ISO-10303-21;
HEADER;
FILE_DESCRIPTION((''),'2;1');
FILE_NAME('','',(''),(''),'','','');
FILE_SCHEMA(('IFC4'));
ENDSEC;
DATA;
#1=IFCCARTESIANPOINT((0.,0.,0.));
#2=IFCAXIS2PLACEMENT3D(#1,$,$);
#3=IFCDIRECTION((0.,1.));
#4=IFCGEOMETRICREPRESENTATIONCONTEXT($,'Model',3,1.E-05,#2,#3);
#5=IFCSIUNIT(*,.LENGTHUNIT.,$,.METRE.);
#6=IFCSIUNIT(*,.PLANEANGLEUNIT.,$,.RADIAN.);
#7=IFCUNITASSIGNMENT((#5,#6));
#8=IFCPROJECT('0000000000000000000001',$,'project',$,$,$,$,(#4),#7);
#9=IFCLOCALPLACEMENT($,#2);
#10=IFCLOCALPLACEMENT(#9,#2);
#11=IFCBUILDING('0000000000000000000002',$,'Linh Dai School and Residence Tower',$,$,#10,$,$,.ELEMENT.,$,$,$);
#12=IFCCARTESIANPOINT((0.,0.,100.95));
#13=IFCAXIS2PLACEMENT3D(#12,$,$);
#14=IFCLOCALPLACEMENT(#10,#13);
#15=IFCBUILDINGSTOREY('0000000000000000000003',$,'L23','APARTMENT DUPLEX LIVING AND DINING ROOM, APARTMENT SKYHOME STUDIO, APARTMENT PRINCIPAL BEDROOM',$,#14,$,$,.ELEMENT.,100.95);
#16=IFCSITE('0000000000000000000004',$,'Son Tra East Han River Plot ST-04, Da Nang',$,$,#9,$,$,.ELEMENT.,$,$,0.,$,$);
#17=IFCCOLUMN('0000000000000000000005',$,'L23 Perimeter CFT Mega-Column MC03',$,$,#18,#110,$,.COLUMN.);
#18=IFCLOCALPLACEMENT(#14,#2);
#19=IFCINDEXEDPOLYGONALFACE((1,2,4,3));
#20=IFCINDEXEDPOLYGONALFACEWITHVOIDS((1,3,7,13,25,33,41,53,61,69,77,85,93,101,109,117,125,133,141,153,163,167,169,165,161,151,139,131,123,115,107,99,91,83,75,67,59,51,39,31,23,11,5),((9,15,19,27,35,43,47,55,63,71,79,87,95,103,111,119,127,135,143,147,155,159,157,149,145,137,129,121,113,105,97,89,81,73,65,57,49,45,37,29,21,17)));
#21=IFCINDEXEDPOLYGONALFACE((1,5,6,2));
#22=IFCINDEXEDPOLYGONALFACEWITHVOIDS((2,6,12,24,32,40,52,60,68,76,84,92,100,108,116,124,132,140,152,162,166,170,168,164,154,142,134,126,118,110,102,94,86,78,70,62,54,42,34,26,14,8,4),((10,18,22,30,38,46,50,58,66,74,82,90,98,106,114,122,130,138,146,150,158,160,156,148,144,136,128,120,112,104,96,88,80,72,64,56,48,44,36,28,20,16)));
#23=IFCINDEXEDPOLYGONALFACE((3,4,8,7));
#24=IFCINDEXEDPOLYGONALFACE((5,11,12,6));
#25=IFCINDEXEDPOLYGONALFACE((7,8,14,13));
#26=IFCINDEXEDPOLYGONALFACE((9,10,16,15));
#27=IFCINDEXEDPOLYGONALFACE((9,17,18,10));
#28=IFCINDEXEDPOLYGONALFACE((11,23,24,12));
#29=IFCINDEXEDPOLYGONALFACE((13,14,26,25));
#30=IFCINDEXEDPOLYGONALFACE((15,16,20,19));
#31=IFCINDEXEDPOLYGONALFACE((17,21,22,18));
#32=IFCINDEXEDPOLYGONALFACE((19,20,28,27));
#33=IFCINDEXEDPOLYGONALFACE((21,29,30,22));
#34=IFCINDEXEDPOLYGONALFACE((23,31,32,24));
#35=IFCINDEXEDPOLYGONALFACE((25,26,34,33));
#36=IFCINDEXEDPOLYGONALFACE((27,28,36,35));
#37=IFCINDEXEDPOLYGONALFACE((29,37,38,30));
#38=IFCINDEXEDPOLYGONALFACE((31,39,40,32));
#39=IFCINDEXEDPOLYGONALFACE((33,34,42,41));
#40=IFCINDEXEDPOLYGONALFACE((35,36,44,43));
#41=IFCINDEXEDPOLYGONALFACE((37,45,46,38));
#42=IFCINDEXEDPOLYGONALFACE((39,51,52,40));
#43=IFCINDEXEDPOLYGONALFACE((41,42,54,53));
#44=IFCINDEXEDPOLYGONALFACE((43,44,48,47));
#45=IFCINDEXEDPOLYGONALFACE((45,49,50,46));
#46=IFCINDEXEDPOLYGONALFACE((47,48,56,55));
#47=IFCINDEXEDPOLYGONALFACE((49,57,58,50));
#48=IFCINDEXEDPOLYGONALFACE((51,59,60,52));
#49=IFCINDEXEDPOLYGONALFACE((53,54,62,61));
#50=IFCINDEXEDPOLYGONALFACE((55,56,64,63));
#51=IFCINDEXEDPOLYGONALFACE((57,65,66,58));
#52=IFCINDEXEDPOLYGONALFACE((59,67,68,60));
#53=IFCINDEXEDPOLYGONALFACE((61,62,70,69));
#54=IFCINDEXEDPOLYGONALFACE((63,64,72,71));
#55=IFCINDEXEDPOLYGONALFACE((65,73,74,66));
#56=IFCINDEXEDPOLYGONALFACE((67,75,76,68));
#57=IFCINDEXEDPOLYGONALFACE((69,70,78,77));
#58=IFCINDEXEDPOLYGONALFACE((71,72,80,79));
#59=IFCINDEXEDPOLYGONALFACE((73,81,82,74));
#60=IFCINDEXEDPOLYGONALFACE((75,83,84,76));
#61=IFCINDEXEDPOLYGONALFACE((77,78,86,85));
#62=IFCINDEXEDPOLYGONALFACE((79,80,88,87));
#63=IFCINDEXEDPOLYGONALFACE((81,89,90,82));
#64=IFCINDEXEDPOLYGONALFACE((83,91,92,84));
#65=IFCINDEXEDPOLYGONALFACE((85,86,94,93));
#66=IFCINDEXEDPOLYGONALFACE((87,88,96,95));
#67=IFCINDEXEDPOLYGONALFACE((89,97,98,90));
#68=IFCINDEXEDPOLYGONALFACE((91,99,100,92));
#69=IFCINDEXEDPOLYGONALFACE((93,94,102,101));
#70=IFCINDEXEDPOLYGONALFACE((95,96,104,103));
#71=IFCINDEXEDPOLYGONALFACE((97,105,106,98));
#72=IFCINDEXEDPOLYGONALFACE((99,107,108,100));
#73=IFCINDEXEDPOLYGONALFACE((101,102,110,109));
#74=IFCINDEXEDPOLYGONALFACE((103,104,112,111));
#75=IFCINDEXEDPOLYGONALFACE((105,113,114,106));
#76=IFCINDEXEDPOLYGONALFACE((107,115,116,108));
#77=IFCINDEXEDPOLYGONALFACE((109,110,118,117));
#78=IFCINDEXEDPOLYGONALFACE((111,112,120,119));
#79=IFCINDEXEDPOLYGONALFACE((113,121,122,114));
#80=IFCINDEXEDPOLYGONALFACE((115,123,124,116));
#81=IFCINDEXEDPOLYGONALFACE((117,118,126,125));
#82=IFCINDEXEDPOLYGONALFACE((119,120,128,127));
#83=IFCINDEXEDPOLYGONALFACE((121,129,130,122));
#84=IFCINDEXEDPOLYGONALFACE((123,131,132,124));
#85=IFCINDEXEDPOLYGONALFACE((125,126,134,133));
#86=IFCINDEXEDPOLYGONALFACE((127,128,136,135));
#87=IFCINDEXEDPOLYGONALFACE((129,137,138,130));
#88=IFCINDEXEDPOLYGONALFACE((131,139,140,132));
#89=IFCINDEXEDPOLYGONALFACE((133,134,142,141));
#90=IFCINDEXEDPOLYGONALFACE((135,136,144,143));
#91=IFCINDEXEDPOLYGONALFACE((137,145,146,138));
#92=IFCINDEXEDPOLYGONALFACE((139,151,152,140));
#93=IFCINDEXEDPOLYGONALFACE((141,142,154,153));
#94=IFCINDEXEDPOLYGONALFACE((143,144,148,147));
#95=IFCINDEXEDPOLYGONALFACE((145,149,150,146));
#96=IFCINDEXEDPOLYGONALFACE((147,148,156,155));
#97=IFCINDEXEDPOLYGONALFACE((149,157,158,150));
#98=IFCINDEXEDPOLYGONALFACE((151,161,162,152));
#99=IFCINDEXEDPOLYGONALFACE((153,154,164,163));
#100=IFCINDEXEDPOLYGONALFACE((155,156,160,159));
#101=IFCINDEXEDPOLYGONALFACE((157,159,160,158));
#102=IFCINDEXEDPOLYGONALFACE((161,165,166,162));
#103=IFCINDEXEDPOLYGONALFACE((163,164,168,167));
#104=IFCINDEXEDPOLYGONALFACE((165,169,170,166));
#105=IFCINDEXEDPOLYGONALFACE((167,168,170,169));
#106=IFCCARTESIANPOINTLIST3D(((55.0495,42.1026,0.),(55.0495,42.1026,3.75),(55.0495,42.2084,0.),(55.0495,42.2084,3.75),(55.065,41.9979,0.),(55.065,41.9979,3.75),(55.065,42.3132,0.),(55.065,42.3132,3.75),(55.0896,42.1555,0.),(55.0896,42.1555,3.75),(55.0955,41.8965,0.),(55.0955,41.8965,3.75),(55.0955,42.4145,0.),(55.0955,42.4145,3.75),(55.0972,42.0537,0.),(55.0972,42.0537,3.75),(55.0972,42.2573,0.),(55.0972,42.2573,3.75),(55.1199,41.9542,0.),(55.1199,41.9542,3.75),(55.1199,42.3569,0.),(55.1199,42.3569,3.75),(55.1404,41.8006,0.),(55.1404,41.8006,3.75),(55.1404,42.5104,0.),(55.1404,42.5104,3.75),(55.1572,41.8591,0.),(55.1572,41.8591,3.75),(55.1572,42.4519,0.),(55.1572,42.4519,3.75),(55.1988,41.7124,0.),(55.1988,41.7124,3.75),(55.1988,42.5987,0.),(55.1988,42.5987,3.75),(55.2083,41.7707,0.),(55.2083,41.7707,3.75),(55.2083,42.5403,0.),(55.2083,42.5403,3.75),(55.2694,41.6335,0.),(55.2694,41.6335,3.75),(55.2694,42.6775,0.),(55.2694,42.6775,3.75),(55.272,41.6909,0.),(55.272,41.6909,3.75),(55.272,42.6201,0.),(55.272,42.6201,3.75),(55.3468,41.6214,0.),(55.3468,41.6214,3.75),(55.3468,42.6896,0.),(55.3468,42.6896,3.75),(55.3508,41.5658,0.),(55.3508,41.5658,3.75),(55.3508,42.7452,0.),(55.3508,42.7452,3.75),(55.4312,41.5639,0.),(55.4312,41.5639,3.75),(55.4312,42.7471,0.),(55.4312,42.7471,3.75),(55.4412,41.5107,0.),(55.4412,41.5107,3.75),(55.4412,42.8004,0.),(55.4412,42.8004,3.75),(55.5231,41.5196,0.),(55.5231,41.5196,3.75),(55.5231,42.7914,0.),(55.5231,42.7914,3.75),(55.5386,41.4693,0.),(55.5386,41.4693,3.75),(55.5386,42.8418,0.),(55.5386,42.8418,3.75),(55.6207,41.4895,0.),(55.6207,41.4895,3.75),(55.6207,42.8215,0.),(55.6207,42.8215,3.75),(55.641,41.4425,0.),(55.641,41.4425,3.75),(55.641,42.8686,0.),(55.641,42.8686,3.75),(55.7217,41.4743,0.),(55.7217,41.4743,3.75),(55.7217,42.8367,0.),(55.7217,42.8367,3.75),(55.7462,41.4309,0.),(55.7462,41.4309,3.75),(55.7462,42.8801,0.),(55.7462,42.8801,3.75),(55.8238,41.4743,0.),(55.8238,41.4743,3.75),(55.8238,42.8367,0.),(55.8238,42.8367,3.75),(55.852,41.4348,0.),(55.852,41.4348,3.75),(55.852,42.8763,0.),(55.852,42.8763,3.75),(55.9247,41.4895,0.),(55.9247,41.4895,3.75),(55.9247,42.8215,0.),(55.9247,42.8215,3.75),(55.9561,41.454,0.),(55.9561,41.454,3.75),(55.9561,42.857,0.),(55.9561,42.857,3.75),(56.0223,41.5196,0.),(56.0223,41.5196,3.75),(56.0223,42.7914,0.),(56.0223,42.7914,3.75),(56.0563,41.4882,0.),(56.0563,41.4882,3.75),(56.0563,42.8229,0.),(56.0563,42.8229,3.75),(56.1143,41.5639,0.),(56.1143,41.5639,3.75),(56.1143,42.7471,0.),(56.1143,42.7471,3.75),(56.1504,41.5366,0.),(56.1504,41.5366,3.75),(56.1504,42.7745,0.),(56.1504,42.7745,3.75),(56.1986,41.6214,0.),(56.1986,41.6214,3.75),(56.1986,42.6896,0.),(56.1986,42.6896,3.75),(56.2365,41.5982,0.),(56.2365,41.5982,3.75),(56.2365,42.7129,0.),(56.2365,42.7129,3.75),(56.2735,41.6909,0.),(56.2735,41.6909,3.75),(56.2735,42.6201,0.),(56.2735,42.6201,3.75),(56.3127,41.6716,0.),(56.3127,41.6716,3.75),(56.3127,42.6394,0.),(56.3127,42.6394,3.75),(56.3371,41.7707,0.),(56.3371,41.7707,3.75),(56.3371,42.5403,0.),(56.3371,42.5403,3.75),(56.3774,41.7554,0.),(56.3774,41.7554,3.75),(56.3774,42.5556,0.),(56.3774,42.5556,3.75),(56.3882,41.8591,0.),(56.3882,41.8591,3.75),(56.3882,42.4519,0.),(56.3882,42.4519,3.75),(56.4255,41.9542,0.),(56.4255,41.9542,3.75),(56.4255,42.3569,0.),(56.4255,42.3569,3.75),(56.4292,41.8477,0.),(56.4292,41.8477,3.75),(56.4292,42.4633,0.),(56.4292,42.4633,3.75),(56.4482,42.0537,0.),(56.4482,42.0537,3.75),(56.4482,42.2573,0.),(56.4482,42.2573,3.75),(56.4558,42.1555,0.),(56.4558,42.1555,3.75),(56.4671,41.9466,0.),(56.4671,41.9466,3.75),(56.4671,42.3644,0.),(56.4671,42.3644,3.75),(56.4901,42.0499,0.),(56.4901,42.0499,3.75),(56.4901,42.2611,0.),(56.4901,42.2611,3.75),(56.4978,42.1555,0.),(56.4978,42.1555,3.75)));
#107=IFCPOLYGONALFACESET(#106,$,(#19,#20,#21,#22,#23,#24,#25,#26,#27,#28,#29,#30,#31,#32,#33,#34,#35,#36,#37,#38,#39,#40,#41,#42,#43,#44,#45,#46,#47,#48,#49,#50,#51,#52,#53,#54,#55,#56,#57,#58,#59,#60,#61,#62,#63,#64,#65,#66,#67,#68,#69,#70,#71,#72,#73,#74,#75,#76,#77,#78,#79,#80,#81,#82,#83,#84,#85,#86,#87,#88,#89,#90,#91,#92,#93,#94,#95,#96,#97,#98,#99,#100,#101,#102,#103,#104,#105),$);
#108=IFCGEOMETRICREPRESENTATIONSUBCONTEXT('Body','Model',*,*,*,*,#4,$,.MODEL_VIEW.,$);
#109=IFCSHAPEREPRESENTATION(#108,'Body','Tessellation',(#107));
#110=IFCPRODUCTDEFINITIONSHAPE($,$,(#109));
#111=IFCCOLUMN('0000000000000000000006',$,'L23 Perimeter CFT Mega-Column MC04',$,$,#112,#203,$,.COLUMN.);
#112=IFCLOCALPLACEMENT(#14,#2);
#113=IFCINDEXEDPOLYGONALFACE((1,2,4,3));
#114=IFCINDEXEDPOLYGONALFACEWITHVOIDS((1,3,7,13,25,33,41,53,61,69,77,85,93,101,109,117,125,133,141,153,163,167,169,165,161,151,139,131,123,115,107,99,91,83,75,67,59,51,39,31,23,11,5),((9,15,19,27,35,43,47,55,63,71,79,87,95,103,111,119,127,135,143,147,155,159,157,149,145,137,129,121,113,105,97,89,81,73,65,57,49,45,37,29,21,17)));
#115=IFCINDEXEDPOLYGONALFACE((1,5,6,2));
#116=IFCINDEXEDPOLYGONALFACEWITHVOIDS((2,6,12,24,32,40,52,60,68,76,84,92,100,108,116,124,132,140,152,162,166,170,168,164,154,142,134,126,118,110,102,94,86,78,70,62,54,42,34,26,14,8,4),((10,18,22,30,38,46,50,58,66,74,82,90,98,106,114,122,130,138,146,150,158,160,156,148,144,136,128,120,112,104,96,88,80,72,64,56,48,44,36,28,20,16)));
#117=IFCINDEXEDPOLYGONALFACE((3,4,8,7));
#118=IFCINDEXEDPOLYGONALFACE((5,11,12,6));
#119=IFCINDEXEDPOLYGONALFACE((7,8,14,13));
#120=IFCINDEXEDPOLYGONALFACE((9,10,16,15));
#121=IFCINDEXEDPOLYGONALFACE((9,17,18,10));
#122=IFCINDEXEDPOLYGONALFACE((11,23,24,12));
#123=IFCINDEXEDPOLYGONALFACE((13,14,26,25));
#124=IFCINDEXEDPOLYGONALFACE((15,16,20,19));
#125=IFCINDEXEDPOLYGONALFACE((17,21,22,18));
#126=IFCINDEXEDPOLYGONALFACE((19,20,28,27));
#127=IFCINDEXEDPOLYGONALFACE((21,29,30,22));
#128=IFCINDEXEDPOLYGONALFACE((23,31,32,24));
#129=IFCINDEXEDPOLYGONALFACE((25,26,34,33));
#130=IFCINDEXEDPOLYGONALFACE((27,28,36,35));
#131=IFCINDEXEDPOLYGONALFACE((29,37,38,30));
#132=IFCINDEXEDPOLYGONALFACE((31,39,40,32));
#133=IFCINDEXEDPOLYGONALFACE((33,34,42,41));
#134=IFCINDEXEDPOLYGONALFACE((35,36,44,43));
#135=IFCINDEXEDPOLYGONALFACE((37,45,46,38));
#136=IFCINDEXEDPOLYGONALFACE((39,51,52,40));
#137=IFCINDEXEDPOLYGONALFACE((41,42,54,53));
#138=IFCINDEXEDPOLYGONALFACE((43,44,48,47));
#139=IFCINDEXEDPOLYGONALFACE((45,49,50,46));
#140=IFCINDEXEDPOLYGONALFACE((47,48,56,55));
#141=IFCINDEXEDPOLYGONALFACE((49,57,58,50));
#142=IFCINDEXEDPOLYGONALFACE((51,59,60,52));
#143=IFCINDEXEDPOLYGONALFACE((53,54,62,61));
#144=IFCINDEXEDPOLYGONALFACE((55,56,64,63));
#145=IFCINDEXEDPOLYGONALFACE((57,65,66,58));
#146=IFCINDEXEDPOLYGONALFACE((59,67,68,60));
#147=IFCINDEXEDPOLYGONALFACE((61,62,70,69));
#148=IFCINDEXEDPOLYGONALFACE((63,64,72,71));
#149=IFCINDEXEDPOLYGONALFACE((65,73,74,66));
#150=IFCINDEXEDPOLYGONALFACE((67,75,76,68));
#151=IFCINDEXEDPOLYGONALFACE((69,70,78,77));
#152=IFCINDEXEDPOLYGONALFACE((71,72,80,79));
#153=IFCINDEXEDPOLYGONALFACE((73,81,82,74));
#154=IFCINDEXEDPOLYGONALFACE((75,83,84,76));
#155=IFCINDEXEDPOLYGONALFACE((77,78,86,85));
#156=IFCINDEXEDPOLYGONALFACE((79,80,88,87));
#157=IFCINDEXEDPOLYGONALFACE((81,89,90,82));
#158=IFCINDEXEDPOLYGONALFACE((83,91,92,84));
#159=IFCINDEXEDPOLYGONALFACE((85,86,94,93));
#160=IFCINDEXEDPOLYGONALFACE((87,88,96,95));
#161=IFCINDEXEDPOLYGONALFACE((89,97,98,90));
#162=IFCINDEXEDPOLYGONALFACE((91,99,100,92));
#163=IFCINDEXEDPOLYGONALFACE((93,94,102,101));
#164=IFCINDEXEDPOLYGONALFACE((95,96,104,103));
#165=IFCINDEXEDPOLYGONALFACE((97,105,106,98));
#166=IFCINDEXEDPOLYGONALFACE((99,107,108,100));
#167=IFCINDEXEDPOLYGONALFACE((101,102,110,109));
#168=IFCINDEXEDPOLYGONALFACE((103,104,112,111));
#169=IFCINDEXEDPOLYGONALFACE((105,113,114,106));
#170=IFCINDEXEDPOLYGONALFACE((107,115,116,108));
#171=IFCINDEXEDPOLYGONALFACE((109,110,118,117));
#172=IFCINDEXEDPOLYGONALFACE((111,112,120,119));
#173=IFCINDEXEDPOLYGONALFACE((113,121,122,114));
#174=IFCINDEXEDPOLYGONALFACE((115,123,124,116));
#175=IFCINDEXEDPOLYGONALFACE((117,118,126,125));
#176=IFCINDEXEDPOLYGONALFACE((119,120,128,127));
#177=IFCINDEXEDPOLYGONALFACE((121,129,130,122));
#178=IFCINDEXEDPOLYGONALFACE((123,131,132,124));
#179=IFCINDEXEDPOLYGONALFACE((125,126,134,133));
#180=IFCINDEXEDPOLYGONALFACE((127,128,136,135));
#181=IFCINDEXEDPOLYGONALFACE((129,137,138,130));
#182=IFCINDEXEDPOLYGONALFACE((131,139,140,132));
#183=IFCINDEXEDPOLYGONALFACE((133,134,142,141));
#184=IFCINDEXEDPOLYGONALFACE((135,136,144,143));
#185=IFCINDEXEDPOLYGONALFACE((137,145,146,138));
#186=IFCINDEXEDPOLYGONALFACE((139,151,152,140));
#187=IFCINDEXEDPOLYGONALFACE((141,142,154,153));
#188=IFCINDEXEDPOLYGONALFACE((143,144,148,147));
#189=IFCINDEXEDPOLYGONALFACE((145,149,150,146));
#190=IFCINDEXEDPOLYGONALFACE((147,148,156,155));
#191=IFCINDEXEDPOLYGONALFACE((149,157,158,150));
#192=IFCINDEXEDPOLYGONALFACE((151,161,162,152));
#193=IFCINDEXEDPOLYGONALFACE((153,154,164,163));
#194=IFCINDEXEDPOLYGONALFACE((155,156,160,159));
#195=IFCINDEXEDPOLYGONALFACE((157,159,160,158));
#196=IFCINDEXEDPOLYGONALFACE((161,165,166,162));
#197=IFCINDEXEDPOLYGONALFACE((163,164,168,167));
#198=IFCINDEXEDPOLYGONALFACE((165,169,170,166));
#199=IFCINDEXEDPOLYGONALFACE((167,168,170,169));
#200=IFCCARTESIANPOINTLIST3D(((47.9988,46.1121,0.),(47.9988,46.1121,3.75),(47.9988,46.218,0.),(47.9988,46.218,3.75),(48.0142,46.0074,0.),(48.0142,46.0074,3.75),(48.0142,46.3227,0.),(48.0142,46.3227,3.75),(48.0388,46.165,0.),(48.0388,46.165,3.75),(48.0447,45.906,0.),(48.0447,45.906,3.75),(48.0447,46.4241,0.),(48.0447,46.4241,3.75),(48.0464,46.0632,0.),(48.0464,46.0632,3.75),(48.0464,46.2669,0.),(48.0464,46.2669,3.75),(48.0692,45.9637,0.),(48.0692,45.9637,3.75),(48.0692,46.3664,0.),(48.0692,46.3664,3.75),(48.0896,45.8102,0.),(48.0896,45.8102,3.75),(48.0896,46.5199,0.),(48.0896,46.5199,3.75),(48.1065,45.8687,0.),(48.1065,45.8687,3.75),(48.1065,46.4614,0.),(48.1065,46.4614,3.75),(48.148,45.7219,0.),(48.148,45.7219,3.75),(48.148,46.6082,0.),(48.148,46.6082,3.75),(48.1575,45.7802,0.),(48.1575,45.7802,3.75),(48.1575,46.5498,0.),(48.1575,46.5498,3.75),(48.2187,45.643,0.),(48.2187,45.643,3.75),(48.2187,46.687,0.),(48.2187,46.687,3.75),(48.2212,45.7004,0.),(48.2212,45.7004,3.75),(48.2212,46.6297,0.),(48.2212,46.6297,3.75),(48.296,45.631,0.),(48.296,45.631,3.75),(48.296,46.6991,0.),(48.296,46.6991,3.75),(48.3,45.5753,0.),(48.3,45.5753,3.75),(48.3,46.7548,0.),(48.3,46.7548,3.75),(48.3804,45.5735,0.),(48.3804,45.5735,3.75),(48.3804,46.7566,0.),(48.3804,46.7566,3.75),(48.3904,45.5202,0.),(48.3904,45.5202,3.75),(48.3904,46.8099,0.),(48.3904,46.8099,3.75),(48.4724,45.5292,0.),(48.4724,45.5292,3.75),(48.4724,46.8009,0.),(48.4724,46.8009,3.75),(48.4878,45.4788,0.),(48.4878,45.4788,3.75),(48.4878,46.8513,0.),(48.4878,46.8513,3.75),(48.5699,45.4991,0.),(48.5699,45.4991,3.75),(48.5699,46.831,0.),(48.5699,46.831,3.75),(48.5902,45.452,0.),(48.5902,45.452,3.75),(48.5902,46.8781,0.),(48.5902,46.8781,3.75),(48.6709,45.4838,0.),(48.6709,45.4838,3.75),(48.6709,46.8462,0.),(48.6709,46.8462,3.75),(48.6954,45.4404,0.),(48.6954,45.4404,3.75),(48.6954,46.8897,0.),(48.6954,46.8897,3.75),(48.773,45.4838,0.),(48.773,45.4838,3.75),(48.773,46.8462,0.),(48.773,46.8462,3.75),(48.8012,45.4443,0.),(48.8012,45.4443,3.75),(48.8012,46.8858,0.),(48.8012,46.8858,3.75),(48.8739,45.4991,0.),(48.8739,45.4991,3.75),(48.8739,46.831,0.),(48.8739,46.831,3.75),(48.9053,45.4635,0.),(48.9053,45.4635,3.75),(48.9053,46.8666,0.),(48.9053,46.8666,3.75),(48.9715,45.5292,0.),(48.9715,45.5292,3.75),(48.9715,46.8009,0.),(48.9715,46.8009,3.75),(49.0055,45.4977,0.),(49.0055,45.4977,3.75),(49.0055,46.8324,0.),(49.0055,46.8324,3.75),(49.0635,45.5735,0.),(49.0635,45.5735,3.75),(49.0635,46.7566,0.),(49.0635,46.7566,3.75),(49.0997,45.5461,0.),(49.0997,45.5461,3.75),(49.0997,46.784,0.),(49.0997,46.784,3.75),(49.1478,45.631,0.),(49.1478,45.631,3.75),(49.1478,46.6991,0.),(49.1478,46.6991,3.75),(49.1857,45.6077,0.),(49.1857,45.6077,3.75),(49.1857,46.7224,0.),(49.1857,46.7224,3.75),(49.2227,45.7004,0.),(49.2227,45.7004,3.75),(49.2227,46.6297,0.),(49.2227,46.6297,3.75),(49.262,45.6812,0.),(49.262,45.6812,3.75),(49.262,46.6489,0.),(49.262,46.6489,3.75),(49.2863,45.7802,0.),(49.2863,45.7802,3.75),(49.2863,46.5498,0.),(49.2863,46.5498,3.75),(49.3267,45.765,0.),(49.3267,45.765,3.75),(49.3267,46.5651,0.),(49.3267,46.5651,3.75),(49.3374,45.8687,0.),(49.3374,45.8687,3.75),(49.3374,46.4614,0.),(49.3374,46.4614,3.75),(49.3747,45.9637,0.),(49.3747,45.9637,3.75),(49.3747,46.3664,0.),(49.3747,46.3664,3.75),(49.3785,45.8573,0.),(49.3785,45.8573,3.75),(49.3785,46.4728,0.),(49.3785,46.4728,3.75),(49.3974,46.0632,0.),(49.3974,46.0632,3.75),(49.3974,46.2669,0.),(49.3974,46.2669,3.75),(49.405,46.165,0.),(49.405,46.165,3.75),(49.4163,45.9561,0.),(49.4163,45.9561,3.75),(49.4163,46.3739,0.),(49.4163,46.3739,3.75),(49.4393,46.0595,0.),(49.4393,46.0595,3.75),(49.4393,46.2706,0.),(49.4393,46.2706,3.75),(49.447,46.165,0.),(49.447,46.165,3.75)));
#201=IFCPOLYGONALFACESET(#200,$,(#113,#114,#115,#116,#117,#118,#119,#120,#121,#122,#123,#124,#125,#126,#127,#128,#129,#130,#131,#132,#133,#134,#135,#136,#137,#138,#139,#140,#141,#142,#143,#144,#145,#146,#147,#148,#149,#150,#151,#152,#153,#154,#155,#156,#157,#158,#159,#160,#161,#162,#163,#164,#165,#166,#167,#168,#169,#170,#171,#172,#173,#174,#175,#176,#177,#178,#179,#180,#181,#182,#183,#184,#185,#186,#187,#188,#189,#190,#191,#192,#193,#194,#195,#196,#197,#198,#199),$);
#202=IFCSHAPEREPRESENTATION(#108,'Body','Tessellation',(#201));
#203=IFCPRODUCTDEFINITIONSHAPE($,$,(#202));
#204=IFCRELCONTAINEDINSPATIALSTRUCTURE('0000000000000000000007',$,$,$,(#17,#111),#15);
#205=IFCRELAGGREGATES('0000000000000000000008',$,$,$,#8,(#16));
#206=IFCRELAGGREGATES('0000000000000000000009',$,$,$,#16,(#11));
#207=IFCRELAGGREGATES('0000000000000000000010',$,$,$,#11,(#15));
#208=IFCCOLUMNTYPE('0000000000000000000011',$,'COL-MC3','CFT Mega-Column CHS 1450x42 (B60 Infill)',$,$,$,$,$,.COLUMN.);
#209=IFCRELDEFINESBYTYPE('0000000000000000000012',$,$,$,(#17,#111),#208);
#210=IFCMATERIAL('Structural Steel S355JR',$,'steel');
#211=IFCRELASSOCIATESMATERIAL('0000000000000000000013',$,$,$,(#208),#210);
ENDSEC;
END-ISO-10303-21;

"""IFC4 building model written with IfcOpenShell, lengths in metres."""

from ifc_helpers import new_model, si_unit, direction, frame, origin, origin_2d, place, context, subcontext, project, spatial, hollow_circle, extrude, material, material_profile, profile_set, type_object, element, save


model = new_model("IFC4")

# Units and contexts
model_context = context("Model", 3, precision=1e-05, world=origin(), true_north=direction((0.0, 1.0)))
body_context = subcontext(model_context, "Body", "Model", "MODEL_VIEW")
ifc_project = project(units=[si_unit("LENGTHUNIT", "METRE"), si_unit("PLANEANGLEUNIT", "RADIAN")], contexts=[model_context])

# Site, building, storey
site_placement = place(None, origin())
site = spatial("IfcSite", under=ifc_project, at=site_placement, Name="Son Tra East Han River Plot ST-04, Da Nang", CompositionType="ELEMENT", RefElevation=0.0)
building_placement = place(site_placement, origin())
building = spatial("IfcBuilding", under=site, at=building_placement, Name="Linh Dai School and Residence Tower", CompositionType="ELEMENT")
storey_placement = place(building_placement, frame((0.0, 0.0, 100.95)))
storey = spatial("IfcBuildingStorey", under=building, at=storey_placement, Name="L23", Description="APARTMENT DUPLEX LIVING AND DINING ROOM, APARTMENT SKYHOME STUDIO, APARTMENT PRINCIPAL BEDROOM", CompositionType="ELEMENT", Elevation=100.95)

# Columns
ifc_material_1 = material(Name="Structural Steel S355JR", Category="steel")
ifc_material_profile_1 = material_profile(ifc_material_1, hollow_circle(Radius=0.7251, WallThickness=0.042, at=origin_2d()), Name="CHS 1450x42")
ifc_profile_set_1 = profile_set([ifc_material_profile_1], Name="Structural Steel S355JR")
column_type = type_object("IfcColumnType", Name="COL-MC3", Description="CFT Mega-Column CHS 1450x42 (B60 Infill)", PredefinedType="COLUMN", material=ifc_profile_set_1)
for number, where, z_axis, x_axis, name in (
    (1, (55.7727, 42.1555, 0.0), (0.0, 0.0, 1.0), (1.0, 0.0, 0.0), "L23 Perimeter CFT Mega-Column MC03"),
    (2, (48.7219, 46.165, 0.0), (0.0, 0.0, 1.0), (1.0, 0.0, 0.0), "L23 Perimeter CFT Mega-Column MC04"),
):
    element("IfcColumn", number, at=place(storey_placement, frame(where, z_axis=z_axis, x_axis=x_axis)), inside=storey, type_object=column_type, Name=name, PredefinedType="COLUMN", context=body_context, shape_type="SweptSolid", body=[
        extrude(hollow_circle(Radius=0.7251, WallThickness=0.042, at=origin_2d()), origin(), (0.0, 0.0, 1.0), 3.75),
    ])

save(model, "model.ifc")
